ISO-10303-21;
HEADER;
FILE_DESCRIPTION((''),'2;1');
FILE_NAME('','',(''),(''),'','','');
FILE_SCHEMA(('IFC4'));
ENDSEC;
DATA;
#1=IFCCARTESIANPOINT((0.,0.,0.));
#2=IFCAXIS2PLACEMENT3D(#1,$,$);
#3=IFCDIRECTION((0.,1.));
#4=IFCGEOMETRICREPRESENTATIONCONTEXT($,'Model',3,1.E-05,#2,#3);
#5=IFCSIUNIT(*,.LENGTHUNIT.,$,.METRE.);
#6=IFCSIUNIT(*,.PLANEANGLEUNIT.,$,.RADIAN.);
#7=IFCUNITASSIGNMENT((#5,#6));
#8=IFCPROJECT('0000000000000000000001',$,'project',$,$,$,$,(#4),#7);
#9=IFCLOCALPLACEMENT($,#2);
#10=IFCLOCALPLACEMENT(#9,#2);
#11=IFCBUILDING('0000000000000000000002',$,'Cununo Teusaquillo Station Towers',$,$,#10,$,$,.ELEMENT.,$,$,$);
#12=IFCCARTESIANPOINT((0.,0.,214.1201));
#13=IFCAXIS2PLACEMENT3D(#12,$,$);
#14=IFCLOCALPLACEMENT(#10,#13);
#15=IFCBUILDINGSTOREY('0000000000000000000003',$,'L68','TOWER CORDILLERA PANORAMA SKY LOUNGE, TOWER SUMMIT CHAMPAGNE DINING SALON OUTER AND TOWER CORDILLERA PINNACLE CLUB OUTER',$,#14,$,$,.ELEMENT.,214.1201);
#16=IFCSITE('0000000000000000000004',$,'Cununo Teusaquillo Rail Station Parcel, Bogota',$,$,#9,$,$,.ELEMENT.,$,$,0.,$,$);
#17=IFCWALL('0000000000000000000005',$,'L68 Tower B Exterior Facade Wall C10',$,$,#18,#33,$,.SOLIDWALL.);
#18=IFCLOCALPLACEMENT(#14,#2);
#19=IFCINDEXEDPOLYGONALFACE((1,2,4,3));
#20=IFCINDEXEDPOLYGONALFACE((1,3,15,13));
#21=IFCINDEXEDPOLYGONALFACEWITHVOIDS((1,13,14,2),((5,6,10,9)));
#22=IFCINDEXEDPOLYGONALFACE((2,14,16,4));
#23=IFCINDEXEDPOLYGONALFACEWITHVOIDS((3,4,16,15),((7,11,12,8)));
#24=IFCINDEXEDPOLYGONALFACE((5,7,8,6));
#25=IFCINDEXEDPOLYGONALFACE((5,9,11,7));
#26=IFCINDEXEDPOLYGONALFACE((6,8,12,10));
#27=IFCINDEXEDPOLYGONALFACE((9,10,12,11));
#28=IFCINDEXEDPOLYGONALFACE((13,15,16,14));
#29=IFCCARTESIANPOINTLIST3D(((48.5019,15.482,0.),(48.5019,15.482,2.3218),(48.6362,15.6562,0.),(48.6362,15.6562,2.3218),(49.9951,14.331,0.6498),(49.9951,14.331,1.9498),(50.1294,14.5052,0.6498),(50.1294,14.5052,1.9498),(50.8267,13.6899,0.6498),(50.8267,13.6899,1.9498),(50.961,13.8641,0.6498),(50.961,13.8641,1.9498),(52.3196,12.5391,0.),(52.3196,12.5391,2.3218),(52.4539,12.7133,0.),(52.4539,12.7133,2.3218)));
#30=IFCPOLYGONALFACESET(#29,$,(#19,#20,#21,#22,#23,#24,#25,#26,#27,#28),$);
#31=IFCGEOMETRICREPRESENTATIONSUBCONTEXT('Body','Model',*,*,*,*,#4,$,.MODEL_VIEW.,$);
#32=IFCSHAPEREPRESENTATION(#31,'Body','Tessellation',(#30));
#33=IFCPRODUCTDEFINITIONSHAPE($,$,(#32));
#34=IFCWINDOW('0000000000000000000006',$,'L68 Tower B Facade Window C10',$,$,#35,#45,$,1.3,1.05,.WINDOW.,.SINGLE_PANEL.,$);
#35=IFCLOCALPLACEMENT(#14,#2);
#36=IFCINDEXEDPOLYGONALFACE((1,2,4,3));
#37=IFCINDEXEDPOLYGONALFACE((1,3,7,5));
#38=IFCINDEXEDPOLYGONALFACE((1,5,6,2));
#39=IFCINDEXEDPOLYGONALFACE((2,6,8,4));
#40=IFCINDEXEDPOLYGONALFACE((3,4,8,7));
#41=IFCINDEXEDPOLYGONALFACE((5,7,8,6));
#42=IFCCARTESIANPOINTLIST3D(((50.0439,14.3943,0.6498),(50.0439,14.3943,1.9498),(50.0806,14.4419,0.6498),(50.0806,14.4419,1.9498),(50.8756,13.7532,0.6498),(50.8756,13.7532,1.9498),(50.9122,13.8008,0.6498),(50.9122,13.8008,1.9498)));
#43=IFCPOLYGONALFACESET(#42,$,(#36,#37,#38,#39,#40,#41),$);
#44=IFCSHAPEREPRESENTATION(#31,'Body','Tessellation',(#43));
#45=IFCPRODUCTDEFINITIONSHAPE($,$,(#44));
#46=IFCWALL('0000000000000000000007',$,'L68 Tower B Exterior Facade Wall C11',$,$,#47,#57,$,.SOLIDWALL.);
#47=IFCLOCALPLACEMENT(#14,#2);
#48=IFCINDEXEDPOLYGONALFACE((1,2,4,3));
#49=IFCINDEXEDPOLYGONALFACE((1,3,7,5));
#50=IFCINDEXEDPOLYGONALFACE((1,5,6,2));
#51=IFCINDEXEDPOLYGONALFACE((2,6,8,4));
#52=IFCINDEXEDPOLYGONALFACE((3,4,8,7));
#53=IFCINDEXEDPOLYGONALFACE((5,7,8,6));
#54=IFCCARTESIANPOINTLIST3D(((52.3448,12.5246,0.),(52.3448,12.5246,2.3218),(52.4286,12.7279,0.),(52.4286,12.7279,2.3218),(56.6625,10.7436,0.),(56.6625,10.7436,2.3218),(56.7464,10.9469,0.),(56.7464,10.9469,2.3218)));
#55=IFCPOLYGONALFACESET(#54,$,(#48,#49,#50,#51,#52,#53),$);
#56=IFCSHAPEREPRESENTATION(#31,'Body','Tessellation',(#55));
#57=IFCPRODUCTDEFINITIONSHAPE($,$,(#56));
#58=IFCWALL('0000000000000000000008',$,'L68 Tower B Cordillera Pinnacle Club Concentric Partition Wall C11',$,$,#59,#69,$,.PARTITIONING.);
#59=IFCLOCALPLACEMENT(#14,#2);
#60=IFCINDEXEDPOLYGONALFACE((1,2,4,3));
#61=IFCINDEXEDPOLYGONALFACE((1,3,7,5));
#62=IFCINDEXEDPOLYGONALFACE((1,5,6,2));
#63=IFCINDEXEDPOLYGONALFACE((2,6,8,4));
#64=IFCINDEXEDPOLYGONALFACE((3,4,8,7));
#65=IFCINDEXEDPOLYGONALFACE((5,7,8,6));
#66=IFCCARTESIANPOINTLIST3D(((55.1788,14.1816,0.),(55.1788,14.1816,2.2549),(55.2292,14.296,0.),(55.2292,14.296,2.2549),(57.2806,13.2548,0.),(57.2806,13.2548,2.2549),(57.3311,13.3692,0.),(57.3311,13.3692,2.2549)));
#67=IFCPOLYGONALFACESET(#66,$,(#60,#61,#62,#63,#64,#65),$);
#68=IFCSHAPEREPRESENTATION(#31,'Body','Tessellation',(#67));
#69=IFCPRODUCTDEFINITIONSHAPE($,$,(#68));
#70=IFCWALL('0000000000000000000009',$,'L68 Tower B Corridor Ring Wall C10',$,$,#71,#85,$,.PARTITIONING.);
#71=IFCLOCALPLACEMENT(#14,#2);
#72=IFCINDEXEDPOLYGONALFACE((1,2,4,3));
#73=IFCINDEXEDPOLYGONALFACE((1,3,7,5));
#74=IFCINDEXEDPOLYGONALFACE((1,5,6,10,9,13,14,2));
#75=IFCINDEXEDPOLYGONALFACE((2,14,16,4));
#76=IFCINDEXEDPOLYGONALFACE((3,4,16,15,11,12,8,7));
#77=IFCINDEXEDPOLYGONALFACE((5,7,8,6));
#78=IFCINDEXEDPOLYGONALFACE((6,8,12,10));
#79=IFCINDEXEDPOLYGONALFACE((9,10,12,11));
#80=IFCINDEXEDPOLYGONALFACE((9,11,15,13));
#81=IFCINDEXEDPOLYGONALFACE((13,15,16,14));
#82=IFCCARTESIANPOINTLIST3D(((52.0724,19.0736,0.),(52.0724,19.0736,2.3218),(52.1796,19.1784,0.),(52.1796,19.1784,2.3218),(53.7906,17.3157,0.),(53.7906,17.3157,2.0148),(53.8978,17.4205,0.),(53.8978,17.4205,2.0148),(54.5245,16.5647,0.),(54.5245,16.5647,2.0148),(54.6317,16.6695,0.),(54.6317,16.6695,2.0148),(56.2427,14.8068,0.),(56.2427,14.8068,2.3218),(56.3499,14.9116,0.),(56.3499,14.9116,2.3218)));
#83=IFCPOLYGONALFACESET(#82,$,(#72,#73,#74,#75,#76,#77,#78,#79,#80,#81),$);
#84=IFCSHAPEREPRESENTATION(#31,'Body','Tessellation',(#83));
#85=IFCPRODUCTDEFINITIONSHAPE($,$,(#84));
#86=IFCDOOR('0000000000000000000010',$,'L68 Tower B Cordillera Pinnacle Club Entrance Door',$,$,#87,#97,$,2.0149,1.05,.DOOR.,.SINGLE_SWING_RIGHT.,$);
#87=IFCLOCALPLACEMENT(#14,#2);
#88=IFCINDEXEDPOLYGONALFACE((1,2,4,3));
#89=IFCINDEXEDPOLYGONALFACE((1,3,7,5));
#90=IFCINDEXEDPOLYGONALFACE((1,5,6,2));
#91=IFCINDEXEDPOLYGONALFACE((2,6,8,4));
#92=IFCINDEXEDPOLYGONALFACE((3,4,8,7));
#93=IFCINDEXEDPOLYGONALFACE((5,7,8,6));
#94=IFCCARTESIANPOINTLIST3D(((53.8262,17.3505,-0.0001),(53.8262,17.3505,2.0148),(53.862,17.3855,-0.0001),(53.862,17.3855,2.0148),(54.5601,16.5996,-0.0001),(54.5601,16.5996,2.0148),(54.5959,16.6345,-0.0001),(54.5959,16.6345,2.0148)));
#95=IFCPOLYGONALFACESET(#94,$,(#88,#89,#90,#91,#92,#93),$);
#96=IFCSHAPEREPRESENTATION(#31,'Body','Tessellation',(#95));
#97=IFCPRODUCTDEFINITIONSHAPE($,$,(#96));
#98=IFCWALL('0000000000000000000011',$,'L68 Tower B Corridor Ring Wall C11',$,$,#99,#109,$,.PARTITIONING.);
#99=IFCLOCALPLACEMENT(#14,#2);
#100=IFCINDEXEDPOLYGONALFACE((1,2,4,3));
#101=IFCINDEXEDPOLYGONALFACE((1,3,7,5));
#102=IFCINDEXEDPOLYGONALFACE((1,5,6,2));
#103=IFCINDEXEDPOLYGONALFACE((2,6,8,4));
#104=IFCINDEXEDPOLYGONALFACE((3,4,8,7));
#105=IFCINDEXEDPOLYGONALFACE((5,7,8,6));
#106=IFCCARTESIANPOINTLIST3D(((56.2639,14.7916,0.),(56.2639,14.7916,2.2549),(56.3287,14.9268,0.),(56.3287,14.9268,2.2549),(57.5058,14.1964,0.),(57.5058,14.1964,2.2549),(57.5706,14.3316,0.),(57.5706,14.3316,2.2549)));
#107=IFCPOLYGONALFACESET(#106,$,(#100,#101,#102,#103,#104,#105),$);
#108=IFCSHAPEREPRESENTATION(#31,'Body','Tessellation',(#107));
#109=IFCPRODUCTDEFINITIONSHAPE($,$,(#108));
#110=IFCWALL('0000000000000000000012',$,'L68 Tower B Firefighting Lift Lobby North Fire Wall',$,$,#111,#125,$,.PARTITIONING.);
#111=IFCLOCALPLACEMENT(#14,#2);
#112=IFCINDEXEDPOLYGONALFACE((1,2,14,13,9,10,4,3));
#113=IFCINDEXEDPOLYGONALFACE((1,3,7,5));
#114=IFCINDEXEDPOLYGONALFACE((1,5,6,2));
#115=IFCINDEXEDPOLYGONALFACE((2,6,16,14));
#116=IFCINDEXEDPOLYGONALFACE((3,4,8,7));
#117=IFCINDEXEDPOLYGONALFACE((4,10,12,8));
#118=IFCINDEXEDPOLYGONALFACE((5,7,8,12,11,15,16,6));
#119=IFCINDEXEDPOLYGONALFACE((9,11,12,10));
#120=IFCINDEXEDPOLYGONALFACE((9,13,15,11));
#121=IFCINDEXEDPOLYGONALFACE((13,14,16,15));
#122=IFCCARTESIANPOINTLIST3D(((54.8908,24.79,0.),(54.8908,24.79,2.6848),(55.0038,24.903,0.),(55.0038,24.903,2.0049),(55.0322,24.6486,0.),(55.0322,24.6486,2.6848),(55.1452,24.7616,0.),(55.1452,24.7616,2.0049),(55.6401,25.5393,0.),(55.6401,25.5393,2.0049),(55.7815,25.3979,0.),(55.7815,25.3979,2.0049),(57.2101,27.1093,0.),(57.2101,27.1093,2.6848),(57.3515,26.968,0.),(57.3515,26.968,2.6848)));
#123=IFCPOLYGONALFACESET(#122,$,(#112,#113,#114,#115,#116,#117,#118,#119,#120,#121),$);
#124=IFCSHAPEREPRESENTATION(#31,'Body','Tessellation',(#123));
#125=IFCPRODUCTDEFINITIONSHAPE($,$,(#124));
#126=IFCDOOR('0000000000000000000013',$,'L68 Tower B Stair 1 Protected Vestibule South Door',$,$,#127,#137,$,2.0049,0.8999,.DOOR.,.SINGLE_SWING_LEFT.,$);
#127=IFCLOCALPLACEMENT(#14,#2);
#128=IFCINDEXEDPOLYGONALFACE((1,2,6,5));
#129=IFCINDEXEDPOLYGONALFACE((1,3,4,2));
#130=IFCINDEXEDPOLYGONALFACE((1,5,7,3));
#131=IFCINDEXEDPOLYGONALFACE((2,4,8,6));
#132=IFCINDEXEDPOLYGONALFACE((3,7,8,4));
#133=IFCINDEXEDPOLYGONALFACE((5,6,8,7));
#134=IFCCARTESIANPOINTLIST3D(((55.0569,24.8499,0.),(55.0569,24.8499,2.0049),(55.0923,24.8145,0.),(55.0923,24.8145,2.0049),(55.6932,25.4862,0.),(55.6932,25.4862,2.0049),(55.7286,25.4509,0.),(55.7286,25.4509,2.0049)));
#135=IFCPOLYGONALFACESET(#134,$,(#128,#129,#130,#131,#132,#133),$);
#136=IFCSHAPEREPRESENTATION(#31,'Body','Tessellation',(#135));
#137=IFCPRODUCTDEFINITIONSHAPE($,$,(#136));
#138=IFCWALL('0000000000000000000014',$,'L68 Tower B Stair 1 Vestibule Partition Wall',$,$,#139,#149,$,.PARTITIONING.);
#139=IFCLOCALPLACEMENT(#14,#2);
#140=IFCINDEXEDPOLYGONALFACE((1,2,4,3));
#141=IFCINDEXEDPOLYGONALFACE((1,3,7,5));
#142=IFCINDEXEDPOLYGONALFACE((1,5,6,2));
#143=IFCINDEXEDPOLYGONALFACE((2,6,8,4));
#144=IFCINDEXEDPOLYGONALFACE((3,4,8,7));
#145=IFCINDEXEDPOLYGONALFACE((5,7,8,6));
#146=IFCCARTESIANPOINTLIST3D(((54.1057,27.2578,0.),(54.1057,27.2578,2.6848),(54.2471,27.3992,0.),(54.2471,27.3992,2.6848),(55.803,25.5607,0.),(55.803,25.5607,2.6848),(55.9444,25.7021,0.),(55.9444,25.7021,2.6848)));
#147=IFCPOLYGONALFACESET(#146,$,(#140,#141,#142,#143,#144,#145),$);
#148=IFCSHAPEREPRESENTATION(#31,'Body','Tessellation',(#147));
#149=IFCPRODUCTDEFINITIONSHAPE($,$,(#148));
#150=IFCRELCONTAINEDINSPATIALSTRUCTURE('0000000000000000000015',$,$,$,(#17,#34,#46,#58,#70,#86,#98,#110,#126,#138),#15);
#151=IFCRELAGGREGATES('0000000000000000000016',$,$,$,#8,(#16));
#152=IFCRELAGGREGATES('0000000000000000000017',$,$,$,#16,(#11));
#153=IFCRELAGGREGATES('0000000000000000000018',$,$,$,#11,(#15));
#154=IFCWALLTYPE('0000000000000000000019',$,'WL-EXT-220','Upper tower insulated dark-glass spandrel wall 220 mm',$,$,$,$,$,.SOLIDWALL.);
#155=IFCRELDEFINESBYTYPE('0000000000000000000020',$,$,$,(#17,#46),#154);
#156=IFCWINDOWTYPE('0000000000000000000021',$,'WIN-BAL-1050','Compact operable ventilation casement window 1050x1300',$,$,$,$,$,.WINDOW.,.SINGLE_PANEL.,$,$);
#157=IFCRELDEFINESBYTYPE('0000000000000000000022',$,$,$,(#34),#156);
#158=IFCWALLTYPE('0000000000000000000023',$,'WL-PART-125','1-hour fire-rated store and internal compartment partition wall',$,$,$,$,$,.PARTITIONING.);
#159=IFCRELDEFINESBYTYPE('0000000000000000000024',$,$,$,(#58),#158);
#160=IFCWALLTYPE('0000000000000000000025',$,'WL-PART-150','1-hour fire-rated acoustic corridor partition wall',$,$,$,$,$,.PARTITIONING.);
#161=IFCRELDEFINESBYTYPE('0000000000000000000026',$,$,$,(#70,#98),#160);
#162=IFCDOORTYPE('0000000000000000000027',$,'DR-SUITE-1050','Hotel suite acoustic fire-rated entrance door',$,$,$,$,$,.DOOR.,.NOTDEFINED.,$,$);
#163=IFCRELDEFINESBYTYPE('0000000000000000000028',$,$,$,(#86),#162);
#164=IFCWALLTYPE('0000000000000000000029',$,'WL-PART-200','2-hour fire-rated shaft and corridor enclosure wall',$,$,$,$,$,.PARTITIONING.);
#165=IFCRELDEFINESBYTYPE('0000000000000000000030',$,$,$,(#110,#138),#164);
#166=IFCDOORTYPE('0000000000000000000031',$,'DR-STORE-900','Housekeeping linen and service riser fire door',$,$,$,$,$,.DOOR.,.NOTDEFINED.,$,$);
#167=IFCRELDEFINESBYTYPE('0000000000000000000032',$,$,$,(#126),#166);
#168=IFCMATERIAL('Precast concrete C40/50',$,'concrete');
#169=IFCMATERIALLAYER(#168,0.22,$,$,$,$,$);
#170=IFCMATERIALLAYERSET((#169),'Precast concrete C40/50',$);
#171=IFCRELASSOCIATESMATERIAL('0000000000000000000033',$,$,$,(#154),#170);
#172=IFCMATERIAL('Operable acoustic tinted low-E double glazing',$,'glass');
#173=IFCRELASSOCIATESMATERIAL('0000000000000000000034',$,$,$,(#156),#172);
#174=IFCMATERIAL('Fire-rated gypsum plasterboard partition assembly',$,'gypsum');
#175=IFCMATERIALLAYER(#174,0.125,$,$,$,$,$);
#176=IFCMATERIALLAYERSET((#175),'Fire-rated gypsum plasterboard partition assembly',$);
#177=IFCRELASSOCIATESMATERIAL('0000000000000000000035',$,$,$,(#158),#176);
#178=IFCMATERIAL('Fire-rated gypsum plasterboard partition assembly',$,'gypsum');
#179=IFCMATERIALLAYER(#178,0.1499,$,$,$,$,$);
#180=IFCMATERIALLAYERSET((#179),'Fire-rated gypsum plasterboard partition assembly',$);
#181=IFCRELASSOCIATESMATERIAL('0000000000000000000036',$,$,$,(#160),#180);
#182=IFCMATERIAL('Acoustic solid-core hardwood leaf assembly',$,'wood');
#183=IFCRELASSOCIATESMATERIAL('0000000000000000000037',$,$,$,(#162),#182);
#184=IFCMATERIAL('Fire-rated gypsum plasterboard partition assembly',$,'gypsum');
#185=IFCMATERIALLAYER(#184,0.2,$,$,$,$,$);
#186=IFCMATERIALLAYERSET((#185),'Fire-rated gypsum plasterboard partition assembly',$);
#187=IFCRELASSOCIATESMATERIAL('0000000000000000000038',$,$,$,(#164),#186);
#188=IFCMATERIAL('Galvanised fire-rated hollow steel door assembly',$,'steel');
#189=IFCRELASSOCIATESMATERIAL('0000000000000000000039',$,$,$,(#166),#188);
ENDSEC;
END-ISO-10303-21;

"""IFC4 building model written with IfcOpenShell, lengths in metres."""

from ifc_helpers import new_model, si_unit, direction, frame, frame_2d, origin, place, context, subcontext, project, spatial, rectangle, extrude, source, transform, mapped, material, layer, layer_set, type_object, element, fill, save


model = new_model("IFC4")

# Units and contexts
model_context = context("Model", 3, precision=1e-05, world=origin(), true_north=direction((0.0, 1.0)))
body_context = subcontext(model_context, "Body", "Model", "MODEL_VIEW")
ifc_project = project(units=[si_unit("LENGTHUNIT", "METRE"), si_unit("PLANEANGLEUNIT", "RADIAN")], contexts=[model_context])

# Site, building, storey
site_placement = place(None, origin())
site = spatial("IfcSite", under=ifc_project, at=site_placement, Name="Cununo Teusaquillo Rail Station Parcel, Bogota", CompositionType="ELEMENT", RefElevation=0.0)
building_placement = place(site_placement, origin())
building = spatial("IfcBuilding", under=site, at=building_placement, Name="Cununo Teusaquillo Station Towers", CompositionType="ELEMENT")
storey_placement = place(building_placement, frame((0.0, 0.0, 214.1201)))
storey = spatial("IfcBuildingStorey", under=building, at=storey_placement, Name="L68", Description="TOWER CORDILLERA PANORAMA SKY LOUNGE, TOWER SUMMIT CHAMPAGNE DINING SALON OUTER AND TOWER CORDILLERA PINNACLE CLUB OUTER", CompositionType="ELEMENT", Elevation=214.1201)

# Wall, opening, window
ifc_material_1 = material(Name="Precast concrete C40/50", Category="concrete")
ifc_layer_1 = layer(ifc_material_1, 0.22)
ifc_layer_set_1 = layer_set([ifc_layer_1], Name="Precast concrete C40/50")
wall_type_1 = type_object("IfcWallType", Name="WL-EXT-220", Description="Upper tower insulated dark-glass spandrel wall 220 mm", PredefinedType="SOLIDWALL", material=ifc_layer_set_1)
wall_1_placement = place(storey_placement, frame((52.3867, 12.6262, 0.0), z_axis=(0.0, 0.0, 1.0), x_axis=(-0.791998, 0.610523, 0.0)))
wall_1 = element("IfcWall", 1, at=wall_1_placement, inside=storey, type_object=wall_type_1, Name="L68 Tower B Exterior Facade Wall C10", PredefinedType="SOLIDWALL", context=body_context, shape_type="SweptSolid", body=[
    extrude(rectangle(XDim=4.8203, YDim=0.22, at=frame_2d((2.4102, 0.0))), origin(), (0.0, 0.0, 1.0), 2.3218),
])
shared_shape_1 = source(origin(), body_context, "Body", "SweptSolid", [
    extrude(rectangle(XDim=1.05, YDim=1.3, at=frame_2d((0.5249, 0.6499))), frame((0.0, 0.1199, 0.0), z_axis=(0.0, -1.0, 0.0), x_axis=(1.0, 0.0, 0.0)), (0.0, 0.0, 1.0), 0.24),
])
opening_1_placement = place(wall_1_placement, frame((1.885, 0.0, 0.6499)))
opening_1 = element("IfcOpeningElement", 2, at=opening_1_placement, cuts=wall_1, PredefinedType="OPENING", context=body_context, shape_type="MappedRepresentation", body=[
    mapped(shared_shape_1, transform((0.0, 0.0, 0.0), x_axis=(1.0, 0.0, 0.0), y_axis=(0.0, 1.0, 0.0), z_axis=(0.0, 0.0, 1.0), scale=1.0)),
])
ifc_material_2 = material(Name="Operable acoustic tinted low-E double glazing", Category="glass")
window_type = type_object("IfcWindowType", Name="WIN-BAL-1050", Description="Compact operable ventilation casement window 1050x1300", PartitioningType="SINGLE_PANEL", PredefinedType="WINDOW", material=ifc_material_2)
shared_shape_2 = source(origin(), body_context, "Body", "SweptSolid", [
    extrude(rectangle(XDim=1.05, YDim=1.3, at=frame_2d((0.5249, 0.6499))), frame((0.0, 0.03, 0.0), z_axis=(0.0, -1.0, 0.0), x_axis=(1.0, 0.0, 0.0)), (0.0, 0.0, 1.0), 0.0601),
])
window_placement = place(opening_1_placement, origin())
window = element("IfcWindow", 3, at=window_placement, inside=storey, type_object=window_type, Name="L68 Tower B Facade Window C10", OverallHeight=1.3, OverallWidth=1.05, PartitioningType="SINGLE_PANEL", PredefinedType="WINDOW", context=body_context, shape_type="MappedRepresentation", body=[
    mapped(shared_shape_2, transform((0.0, 0.0, 0.0), x_axis=(1.0, 0.0, 0.0), y_axis=(0.0, 1.0, 0.0), z_axis=(0.0, 0.0, 1.0), scale=1.0)),
])
fill(opening_1, window)

# Walls
wall_2_placement = place(storey_placement, frame((56.7046, 10.8452, 0.0), z_axis=(0.0, 0.0, 1.0), x_axis=(-0.924447, 0.38131, 0.0)))
element("IfcWall", 4, at=wall_2_placement, inside=storey, type_object=wall_type_1, Name="L68 Tower B Exterior Facade Wall C11", PredefinedType="SOLIDWALL", context=body_context, shape_type="SweptSolid", body=[
    extrude(rectangle(XDim=4.6707, YDim=0.22, at=frame_2d((2.3354, 0.0))), origin(), (0.0, 0.0, 1.0), 2.3218),
])
ifc_material_3 = material(Name="Fire-rated gypsum plasterboard partition assembly", Category="gypsum")
ifc_layer_2 = layer(ifc_material_3, 0.125)
ifc_layer_set_2 = layer_set([ifc_layer_2], Name="Fire-rated gypsum plasterboard partition assembly")
wall_type_2 = type_object("IfcWallType", Name="WL-PART-125", Description="1-hour fire-rated store and internal compartment partition wall", PredefinedType="PARTITIONING", material=ifc_layer_set_2)
wall_3_placement = place(storey_placement, frame((55.2041, 14.2388, 0.0), z_axis=(0.0, 0.0, 1.0), x_axis=(0.915, -0.403454, 0.0)))
element("IfcWall", 5, at=wall_3_placement, inside=storey, type_object=wall_type_2, Name="L68 Tower B Cordillera Pinnacle Club Concentric Partition Wall C11", PredefinedType="PARTITIONING", context=body_context, shape_type="SweptSolid", body=[
    extrude(rectangle(XDim=2.2971, YDim=0.125, at=frame_2d((1.1484, 0.0))), origin(), (0.0, 0.0, 1.0), 2.2549),
])

# Wall, opening, door
ifc_material_4 = material(Name="Fire-rated gypsum plasterboard partition assembly", Category="gypsum")
ifc_layer_3 = layer(ifc_material_4, 0.1499)
ifc_layer_set_3 = layer_set([ifc_layer_3], Name="Fire-rated gypsum plasterboard partition assembly")
wall_type_3 = type_object("IfcWallType", Name="WL-PART-150", Description="1-hour fire-rated acoustic corridor partition wall", PredefinedType="PARTITIONING", material=ifc_layer_set_3)
wall_4_placement = place(storey_placement, frame((52.126, 19.126, 0.0), z_axis=(0.0, 0.0, 1.0), x_axis=(0.698979, -0.715142, 0.0)))
wall_4 = element("IfcWall", 6, at=wall_4_placement, inside=storey, type_object=wall_type_3, Name="L68 Tower B Corridor Ring Wall C10", PredefinedType="PARTITIONING", context=body_context, shape_type="SweptSolid", body=[
    extrude(rectangle(XDim=5.9663, YDim=0.1499, at=frame_2d((2.9832, 0.0))), origin(), (0.0, 0.0, 1.0), 2.3218),
])
shared_shape_3 = source(origin(), body_context, "Body", "SweptSolid", [
    extrude(rectangle(XDim=1.05, YDim=2.0149, at=frame_2d((0.5249, 1.0073))), frame((0.0, 0.085, 0.0), z_axis=(0.0, -1.0, 0.0), x_axis=(1.0, 0.0, 0.0)), (0.0, 0.0, 1.0), 0.1699),
])
opening_2_placement = place(wall_4_placement, frame((2.4583, 0.0, 0.0)))
opening_2 = element("IfcOpeningElement", 7, at=opening_2_placement, cuts=wall_4, PredefinedType="OPENING", context=body_context, shape_type="MappedRepresentation", body=[
    mapped(shared_shape_3, transform((0.0, 0.0, 0.0), x_axis=(1.0, 0.0, 0.0), y_axis=(0.0, 1.0, 0.0), z_axis=(0.0, 0.0, 1.0), scale=1.0)),
])
ifc_material_5 = material(Name="Acoustic solid-core hardwood leaf assembly", Category="wood")
door_type_1 = type_object("IfcDoorType", Name="DR-SUITE-1050", Description="Hotel suite acoustic fire-rated entrance door", OperationType="NOTDEFINED", PredefinedType="DOOR", material=ifc_material_5)
shared_shape_4 = source(origin(), body_context, "Body", "SweptSolid", [
    extrude(rectangle(XDim=1.05, YDim=2.0149, at=frame_2d((0.5249, 1.0073))), frame((0.0, 0.0249, 0.0), z_axis=(0.0, -1.0, 0.0), x_axis=(1.0, 0.0, 0.0)), (0.0, 0.0, 1.0), 0.05),
])
door_1_placement = place(opening_2_placement, origin())
door_1 = element("IfcDoor", 8, at=door_1_placement, inside=storey, type_object=door_type_1, Name="L68 Tower B Cordillera Pinnacle Club Entrance Door", OperationType="SINGLE_SWING_RIGHT", OverallHeight=2.0149, OverallWidth=1.05, PredefinedType="DOOR", context=body_context, shape_type="MappedRepresentation", body=[
    mapped(shared_shape_4, transform((0.0, 0.0, 0.0), x_axis=(1.0, 0.0, 0.0), y_axis=(0.0, 1.0, 0.0), z_axis=(0.0, 0.0, 1.0), scale=1.0)),
])
fill(opening_2, door_1)

# Wall
wall_5_placement = place(storey_placement, frame((56.2964, 14.8591, 0.0), z_axis=(0.0, 0.0, 1.0), x_axis=(0.901783, -0.432189, 0.0)))
element("IfcWall", 9, at=wall_5_placement, inside=storey, type_object=wall_type_3, Name="L68 Tower B Corridor Ring Wall C11", PredefinedType="PARTITIONING", context=body_context, shape_type="SweptSolid", body=[
    extrude(rectangle(XDim=1.3772, YDim=0.1499, at=frame_2d((0.6885, 0.0))), origin(), (0.0, 0.0, 1.0), 2.2549),
])

# Wall, opening, door
ifc_material_6 = material(Name="Fire-rated gypsum plasterboard partition assembly", Category="gypsum")
ifc_layer_4 = layer(ifc_material_6, 0.2)
ifc_layer_set_4 = layer_set([ifc_layer_4], Name="Fire-rated gypsum plasterboard partition assembly")
wall_type_4 = type_object("IfcWallType", Name="WL-PART-200", Description="2-hour fire-rated shaft and corridor enclosure wall", PredefinedType="PARTITIONING", material=ifc_layer_set_4)
wall_6_placement = place(storey_placement, frame((54.9614, 24.7192, 0.0), z_axis=(0.0, 0.0, 1.0), x_axis=(0.707107, 0.707107, 0.0)))
wall_6 = element("IfcWall", 10, at=wall_6_placement, inside=storey, type_object=wall_type_4, Name="L68 Tower B Firefighting Lift Lobby North Fire Wall", PredefinedType="PARTITIONING", context=body_context, shape_type="SweptSolid", body=[
    extrude(rectangle(XDim=3.28, YDim=0.2, at=frame_2d((1.6401, 0.0))), origin(), (0.0, 0.0, 1.0), 2.6848),
])
shared_shape_5 = source(origin(), body_context, "Body", "SweptSolid", [
    extrude(rectangle(XDim=0.8999, YDim=2.0049, at=frame_2d((0.45, 1.0024))), frame((0.0, 0.1099, 0.0), z_axis=(0.0, -1.0, 0.0), x_axis=(1.0, 0.0, 0.0)), (0.0, 0.0, 1.0), 0.22),
])
opening_3_placement = place(wall_6_placement, frame((0.1599, 0.0, 0.0)))
opening_3 = element("IfcOpeningElement", 11, at=opening_3_placement, cuts=wall_6, PredefinedType="OPENING", context=body_context, shape_type="MappedRepresentation", body=[
    mapped(shared_shape_5, transform((0.0, 0.0, 0.0), x_axis=(1.0, 0.0, 0.0), y_axis=(0.0, 1.0, 0.0), z_axis=(0.0, 0.0, 1.0), scale=1.0)),
])
ifc_material_7 = material(Name="Galvanised fire-rated hollow steel door assembly", Category="steel")
door_type_2 = type_object("IfcDoorType", Name="DR-STORE-900", Description="Housekeeping linen and service riser fire door", OperationType="NOTDEFINED", PredefinedType="DOOR", material=ifc_material_7)
shared_shape_6 = source(origin(), body_context, "Body", "SweptSolid", [
    extrude(rectangle(XDim=0.8999, YDim=2.0049, at=frame_2d((0.45, 1.0024))), frame((0.0, 0.0249, 0.0), z_axis=(0.0, -1.0, 0.0), x_axis=(1.0, 0.0, 0.0)), (0.0, 0.0, 1.0), 0.05),
])
door_2_placement = place(opening_3_placement, origin())
door_2 = element("IfcDoor", 12, at=door_2_placement, inside=storey, type_object=door_type_2, Name="L68 Tower B Stair 1 Protected Vestibule South Door", OperationType="SINGLE_SWING_LEFT", OverallHeight=2.0049, OverallWidth=0.8999, PredefinedType="DOOR", context=body_context, shape_type="MappedRepresentation", body=[
    mapped(shared_shape_6, transform((0.0, 0.0, 0.0), x_axis=(1.0, 0.0, 0.0), y_axis=(0.0, 1.0, 0.0), z_axis=(0.0, 0.0, 1.0), scale=1.0)),
])
fill(opening_3, door_2)

# Wall
wall_7_placement = place(storey_placement, frame((55.8738, 25.6313, 0.0), z_axis=(0.0, 0.0, 1.0), x_axis=(-0.707158, 0.707056, 0.0)))
element("IfcWall", 13, at=wall_7_placement, inside=storey, type_object=wall_type_4, Name="L68 Tower B Stair 1 Vestibule Partition Wall", PredefinedType="PARTITIONING", context=body_context, shape_type="SweptSolid", body=[
    extrude(rectangle(XDim=2.4001, YDim=0.2, at=frame_2d((1.2002, 0.0))), origin(), (0.0, 0.0, 1.0), 2.6848),
])

save(model, "model.ifc")
